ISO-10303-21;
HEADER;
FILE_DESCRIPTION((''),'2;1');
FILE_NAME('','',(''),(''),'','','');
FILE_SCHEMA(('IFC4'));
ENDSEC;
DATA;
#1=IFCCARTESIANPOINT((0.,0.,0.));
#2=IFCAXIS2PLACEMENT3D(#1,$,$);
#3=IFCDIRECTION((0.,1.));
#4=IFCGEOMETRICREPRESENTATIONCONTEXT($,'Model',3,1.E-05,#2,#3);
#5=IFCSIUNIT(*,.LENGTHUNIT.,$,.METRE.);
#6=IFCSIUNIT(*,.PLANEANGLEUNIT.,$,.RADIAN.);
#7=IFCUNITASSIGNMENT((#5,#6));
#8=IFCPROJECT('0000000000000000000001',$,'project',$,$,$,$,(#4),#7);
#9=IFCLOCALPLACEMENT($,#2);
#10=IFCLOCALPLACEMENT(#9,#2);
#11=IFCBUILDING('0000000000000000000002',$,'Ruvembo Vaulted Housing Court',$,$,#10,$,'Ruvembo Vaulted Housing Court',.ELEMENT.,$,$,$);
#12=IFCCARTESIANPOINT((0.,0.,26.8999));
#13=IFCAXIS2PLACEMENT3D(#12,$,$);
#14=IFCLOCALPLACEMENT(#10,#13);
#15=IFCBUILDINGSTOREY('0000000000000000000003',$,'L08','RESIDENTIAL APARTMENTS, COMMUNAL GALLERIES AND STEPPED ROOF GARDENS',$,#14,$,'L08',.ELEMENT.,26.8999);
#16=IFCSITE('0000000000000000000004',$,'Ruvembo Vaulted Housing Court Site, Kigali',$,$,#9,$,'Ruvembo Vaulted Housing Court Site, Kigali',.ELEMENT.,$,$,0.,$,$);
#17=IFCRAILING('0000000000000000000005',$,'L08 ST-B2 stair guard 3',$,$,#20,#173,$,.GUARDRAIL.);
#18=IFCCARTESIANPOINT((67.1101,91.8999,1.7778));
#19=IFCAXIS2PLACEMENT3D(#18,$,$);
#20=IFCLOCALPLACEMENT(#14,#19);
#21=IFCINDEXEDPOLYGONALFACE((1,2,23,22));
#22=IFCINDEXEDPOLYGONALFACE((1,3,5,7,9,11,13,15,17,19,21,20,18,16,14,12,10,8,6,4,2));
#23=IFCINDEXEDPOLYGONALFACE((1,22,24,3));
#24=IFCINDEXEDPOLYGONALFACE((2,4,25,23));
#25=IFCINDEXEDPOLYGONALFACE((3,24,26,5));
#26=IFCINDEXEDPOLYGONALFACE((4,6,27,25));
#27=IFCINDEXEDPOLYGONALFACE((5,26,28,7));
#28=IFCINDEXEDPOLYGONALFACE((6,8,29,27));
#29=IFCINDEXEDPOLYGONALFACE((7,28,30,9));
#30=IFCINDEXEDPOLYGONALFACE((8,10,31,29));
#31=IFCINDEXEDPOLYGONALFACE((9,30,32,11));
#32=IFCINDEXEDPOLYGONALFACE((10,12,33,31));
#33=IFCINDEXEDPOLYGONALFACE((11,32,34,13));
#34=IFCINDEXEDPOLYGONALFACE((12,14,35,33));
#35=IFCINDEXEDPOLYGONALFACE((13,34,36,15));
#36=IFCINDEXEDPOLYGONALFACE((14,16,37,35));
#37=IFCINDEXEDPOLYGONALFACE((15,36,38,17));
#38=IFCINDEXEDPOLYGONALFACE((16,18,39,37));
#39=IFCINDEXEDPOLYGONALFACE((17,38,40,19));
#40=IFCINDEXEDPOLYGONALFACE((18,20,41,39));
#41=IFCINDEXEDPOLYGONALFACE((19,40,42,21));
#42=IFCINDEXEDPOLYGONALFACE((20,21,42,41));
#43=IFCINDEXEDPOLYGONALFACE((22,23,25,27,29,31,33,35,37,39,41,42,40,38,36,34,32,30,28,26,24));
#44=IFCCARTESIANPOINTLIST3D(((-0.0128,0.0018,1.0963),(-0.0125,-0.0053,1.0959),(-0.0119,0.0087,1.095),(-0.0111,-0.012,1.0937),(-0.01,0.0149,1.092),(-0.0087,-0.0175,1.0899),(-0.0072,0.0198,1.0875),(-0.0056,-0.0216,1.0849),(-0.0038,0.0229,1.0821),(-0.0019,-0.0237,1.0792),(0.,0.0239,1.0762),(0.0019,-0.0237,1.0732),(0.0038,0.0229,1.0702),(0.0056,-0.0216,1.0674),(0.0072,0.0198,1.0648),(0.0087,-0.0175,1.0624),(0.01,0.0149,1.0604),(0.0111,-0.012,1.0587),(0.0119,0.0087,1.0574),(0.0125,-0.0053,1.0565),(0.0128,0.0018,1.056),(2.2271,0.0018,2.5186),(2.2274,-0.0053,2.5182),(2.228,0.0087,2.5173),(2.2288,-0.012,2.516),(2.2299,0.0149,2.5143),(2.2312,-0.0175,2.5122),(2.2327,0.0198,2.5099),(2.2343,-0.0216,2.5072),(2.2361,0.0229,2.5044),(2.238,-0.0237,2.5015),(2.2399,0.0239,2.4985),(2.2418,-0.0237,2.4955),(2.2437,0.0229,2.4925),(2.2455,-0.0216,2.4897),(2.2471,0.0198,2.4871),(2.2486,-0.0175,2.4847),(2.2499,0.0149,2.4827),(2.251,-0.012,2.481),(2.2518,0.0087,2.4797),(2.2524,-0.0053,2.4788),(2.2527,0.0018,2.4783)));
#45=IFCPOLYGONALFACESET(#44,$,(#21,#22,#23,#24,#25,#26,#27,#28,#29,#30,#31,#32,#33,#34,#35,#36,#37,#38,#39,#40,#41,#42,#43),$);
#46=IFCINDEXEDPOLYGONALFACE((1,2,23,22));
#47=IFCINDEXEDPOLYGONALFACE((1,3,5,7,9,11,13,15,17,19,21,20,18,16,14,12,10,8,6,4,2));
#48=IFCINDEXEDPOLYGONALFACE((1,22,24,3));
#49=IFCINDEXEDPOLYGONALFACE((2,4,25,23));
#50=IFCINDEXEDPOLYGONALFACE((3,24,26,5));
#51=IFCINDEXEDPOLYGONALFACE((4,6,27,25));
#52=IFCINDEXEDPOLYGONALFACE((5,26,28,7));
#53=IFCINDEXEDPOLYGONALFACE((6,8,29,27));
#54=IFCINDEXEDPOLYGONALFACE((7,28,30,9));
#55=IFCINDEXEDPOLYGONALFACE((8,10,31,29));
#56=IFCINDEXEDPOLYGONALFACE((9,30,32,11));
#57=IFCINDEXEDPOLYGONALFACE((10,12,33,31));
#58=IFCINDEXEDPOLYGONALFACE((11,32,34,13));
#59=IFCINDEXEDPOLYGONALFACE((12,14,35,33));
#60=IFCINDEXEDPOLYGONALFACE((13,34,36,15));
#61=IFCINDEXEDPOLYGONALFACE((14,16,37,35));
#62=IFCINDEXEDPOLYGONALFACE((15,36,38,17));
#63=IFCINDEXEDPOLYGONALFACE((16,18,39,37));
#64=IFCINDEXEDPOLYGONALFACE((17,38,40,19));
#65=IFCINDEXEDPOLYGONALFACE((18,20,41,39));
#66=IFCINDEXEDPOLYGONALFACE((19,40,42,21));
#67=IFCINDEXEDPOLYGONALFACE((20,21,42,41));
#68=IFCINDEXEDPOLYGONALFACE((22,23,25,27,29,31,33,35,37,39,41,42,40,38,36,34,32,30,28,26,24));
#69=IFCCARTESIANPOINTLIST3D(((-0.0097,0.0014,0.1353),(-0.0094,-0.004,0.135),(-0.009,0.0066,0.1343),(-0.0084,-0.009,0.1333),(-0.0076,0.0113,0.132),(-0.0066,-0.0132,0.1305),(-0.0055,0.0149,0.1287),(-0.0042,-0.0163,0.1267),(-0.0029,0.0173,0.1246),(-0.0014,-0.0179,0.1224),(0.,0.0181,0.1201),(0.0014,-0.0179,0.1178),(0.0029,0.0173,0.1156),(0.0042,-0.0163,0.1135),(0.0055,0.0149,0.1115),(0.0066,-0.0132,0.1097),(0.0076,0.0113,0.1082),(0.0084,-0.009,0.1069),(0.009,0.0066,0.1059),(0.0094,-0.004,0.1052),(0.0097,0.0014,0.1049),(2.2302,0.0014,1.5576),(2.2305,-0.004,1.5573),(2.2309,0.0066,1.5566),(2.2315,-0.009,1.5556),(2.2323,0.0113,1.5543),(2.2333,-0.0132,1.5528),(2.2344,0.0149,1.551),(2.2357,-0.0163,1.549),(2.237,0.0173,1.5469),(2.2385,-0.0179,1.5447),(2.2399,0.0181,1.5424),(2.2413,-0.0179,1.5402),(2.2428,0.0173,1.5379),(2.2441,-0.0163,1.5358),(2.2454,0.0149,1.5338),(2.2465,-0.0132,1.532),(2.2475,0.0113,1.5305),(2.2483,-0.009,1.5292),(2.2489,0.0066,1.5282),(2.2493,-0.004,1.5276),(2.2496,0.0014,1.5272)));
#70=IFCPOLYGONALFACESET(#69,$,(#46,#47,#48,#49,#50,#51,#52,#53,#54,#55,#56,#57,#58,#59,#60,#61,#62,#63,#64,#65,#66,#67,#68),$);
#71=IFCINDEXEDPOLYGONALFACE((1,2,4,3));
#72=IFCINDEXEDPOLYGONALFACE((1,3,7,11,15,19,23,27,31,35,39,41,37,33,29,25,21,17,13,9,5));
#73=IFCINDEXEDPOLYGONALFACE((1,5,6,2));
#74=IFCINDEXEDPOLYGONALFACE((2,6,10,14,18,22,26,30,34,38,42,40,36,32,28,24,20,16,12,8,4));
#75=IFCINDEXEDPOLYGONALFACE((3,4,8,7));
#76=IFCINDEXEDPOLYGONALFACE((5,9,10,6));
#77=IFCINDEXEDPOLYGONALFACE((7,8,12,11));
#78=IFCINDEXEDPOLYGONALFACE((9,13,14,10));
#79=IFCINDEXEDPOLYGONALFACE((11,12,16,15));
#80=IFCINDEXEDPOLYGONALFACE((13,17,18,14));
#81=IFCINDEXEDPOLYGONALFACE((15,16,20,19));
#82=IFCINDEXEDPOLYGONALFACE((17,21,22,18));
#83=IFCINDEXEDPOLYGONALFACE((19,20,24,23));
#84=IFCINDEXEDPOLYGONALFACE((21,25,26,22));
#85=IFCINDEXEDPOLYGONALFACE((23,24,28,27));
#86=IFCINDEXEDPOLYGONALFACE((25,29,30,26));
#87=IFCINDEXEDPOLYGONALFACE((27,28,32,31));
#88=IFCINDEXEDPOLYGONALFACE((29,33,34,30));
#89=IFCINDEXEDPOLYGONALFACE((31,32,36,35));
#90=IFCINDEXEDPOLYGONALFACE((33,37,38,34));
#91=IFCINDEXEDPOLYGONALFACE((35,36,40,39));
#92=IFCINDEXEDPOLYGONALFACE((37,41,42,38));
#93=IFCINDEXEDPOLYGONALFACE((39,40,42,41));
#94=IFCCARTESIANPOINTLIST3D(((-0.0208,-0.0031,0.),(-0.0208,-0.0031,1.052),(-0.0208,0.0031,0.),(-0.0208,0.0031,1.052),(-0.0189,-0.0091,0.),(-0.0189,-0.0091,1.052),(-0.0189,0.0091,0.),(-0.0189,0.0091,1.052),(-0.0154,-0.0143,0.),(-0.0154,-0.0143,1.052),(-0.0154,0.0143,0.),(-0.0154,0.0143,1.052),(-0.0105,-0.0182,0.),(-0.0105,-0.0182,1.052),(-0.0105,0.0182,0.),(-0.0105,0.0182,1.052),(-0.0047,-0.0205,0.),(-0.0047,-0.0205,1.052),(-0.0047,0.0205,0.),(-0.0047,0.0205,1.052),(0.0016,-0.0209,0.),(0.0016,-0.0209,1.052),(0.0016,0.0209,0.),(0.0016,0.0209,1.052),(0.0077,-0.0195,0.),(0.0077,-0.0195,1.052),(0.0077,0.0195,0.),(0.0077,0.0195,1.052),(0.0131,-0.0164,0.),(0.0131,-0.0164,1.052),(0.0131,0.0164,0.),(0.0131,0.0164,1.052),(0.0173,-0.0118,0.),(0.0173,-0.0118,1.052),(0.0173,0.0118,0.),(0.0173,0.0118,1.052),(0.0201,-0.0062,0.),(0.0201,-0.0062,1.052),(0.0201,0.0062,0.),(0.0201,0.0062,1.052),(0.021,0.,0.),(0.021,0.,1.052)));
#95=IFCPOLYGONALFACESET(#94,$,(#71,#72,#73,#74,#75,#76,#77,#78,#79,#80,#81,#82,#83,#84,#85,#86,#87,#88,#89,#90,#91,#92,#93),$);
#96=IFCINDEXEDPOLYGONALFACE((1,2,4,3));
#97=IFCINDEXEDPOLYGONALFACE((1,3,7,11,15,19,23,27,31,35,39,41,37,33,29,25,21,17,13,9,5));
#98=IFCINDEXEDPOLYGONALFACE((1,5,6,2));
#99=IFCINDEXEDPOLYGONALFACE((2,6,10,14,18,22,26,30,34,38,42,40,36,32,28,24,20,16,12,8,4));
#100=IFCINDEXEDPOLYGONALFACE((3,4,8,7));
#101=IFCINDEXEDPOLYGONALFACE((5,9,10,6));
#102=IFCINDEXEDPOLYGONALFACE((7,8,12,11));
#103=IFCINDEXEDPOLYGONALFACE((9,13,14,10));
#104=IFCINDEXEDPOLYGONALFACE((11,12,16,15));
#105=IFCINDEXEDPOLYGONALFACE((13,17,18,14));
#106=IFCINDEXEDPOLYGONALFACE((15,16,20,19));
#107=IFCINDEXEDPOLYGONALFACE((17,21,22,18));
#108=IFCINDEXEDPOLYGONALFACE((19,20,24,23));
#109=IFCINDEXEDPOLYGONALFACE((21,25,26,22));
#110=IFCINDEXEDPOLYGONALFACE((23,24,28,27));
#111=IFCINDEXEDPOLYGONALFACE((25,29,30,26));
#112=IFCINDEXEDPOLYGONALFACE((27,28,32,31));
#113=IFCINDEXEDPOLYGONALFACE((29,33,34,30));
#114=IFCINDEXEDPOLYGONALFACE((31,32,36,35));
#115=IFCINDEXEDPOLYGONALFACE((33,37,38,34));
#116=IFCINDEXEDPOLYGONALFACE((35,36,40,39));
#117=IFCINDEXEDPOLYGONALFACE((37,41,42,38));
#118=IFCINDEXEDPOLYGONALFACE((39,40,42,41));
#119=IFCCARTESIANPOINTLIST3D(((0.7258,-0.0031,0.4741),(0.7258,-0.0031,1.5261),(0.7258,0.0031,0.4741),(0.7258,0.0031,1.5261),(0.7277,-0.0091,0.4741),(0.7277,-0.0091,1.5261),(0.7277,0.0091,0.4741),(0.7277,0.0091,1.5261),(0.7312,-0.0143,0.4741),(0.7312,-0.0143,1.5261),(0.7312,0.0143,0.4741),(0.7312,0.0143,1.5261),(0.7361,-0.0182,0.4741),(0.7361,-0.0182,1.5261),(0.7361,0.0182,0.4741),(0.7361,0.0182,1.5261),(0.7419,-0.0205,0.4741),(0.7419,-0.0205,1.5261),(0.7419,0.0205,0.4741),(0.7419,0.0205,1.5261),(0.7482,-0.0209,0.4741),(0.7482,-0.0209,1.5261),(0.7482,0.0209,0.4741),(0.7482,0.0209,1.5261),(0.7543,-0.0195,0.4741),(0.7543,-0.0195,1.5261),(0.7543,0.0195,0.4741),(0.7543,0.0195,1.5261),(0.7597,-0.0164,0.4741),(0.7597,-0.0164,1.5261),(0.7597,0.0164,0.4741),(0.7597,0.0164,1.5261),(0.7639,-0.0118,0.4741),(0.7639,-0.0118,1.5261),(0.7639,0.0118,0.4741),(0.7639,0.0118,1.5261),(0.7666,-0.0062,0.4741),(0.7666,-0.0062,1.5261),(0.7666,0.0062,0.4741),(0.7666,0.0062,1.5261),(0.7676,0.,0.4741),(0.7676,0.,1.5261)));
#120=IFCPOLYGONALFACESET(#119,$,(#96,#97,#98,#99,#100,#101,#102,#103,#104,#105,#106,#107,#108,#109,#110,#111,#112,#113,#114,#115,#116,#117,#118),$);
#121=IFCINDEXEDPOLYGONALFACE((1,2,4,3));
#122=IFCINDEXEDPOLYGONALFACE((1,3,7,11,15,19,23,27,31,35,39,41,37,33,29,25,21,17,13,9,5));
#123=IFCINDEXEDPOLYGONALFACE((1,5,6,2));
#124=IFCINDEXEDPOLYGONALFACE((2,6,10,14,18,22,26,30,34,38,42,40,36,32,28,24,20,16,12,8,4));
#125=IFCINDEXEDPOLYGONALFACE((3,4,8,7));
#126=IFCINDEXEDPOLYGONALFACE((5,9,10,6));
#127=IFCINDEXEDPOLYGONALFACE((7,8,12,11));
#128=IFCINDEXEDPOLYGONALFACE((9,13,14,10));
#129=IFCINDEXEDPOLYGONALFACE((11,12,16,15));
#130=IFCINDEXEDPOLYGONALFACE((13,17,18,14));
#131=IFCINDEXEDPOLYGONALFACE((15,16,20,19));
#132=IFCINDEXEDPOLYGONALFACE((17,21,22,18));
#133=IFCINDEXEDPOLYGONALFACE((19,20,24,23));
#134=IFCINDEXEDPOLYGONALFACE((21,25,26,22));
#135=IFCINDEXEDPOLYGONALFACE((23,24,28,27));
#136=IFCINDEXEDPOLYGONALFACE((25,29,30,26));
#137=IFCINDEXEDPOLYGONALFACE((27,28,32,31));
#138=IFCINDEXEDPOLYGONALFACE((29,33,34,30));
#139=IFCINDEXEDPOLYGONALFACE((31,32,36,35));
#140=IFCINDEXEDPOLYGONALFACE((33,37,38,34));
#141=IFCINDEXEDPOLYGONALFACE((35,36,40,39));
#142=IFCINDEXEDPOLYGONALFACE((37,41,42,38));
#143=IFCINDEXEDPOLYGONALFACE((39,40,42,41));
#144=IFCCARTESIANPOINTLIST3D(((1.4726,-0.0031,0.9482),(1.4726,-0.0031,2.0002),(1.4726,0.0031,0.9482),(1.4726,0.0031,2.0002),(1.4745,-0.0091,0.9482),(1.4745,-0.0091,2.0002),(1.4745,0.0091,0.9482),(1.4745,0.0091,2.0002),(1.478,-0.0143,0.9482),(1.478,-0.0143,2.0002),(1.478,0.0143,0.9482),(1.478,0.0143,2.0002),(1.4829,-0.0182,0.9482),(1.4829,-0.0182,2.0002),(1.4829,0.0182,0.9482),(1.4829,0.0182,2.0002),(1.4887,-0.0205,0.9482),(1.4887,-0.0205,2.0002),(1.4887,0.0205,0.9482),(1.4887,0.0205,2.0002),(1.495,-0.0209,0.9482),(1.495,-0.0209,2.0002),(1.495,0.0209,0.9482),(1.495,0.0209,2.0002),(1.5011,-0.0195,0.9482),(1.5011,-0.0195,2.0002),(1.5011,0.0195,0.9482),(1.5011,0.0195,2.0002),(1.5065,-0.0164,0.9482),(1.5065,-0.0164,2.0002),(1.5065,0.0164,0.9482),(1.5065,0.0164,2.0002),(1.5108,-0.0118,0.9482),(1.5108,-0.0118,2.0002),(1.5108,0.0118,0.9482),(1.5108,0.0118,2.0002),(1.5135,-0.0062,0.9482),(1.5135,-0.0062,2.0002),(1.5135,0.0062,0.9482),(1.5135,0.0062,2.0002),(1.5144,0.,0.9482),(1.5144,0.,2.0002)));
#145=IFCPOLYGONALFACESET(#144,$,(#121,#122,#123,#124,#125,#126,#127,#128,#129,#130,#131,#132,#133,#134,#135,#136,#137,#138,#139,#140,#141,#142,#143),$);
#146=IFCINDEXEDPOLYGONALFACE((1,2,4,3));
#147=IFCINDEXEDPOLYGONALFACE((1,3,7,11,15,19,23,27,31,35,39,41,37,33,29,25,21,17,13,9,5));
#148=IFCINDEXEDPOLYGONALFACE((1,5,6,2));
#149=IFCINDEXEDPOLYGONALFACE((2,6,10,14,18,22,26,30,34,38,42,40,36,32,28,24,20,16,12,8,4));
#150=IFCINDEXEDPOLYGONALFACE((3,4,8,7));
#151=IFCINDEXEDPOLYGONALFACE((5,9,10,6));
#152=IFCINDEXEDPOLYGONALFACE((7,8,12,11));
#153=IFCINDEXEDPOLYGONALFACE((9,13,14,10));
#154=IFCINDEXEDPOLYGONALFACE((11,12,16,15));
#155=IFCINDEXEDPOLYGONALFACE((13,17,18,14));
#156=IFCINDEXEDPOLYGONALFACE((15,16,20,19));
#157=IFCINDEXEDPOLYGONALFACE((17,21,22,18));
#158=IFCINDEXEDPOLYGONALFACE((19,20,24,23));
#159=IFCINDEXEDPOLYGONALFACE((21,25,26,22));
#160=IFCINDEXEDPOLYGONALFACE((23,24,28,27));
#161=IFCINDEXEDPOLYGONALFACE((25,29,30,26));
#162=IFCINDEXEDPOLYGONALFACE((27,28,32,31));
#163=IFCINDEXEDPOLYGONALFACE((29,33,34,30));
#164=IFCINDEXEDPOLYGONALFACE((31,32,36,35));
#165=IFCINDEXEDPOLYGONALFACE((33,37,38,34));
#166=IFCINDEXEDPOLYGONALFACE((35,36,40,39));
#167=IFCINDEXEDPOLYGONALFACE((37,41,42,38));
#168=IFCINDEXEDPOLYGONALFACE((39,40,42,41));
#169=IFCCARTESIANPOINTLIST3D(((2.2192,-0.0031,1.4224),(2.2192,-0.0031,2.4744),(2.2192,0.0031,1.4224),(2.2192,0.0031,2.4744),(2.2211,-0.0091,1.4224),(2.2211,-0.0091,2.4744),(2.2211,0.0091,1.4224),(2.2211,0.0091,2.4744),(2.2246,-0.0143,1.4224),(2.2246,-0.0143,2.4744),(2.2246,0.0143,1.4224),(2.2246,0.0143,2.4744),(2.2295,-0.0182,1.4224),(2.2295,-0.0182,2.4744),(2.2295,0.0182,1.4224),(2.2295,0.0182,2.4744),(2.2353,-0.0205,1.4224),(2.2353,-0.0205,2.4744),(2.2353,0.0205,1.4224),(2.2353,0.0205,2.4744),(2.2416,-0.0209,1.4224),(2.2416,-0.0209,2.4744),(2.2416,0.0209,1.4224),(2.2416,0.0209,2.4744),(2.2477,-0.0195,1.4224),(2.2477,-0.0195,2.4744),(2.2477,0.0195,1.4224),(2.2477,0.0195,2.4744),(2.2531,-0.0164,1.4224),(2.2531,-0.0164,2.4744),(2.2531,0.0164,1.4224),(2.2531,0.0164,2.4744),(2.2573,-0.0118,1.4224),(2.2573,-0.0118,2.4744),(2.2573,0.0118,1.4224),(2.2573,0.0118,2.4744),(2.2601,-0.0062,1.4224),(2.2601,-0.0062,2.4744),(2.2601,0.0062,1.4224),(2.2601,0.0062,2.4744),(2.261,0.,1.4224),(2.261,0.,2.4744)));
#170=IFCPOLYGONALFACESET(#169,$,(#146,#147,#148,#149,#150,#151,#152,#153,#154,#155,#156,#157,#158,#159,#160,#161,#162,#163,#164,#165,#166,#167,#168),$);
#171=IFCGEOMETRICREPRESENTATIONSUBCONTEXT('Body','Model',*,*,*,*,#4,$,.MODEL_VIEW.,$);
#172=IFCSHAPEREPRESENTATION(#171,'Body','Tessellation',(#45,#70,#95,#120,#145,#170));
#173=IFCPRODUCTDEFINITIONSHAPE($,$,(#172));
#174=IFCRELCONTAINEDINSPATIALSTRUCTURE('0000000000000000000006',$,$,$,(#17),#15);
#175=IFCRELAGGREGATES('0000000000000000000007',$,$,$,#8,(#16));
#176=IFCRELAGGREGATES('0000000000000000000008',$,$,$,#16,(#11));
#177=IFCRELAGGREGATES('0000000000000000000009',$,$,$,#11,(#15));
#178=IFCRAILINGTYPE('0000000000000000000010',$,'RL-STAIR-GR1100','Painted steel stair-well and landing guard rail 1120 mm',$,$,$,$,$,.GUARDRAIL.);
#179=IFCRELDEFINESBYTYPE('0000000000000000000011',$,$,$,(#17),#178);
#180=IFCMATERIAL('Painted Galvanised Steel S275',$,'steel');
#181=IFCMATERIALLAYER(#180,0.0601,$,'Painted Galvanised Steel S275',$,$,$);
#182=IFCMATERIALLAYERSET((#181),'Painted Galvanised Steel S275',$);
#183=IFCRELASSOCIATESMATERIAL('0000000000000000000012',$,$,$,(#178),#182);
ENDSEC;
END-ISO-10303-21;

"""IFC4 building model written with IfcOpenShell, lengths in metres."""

from ifc_helpers import new_model, si_unit, direction, frame, origin, origin_2d, place, context, subcontext, project, spatial, circle, extrude, material, layer, layer_set, type_object, element, save


model = new_model("IFC4")

# Units and contexts
model_context = context("Model", 3, precision=1e-05, world=origin(), true_north=direction((0.0, 1.0)))
body_context = subcontext(model_context, "Body", "Model", "MODEL_VIEW")
ifc_project = project(units=[si_unit("LENGTHUNIT", "METRE"), si_unit("PLANEANGLEUNIT", "RADIAN")], contexts=[model_context])

# Site, building, storey
site_placement = place(None, origin())
site = spatial("IfcSite", under=ifc_project, at=site_placement, Name="Ruvembo Vaulted Housing Court Site, Kigali", LongName="Ruvembo Vaulted Housing Court Site, Kigali", CompositionType="ELEMENT", RefElevation=0.0)
building_placement = place(site_placement, origin())
building = spatial("IfcBuilding", under=site, at=building_placement, Name="Ruvembo Vaulted Housing Court", LongName="Ruvembo Vaulted Housing Court", CompositionType="ELEMENT")
storey_placement = place(building_placement, frame((0.0, 0.0, 26.8999)))
storey = spatial("IfcBuildingStorey", under=building, at=storey_placement, Name="L08", Description="RESIDENTIAL APARTMENTS, COMMUNAL GALLERIES AND STEPPED ROOF GARDENS", LongName="L08", CompositionType="ELEMENT", Elevation=26.8999)

# Railing
ifc_material_1 = material(Name="Painted Galvanised Steel S275", Category="steel")
ifc_layer_1 = layer(ifc_material_1, 0.0601, Name="Painted Galvanised Steel S275")
ifc_layer_set_1 = layer_set([ifc_layer_1], Name="Painted Galvanised Steel S275")
railing_type_1 = type_object("IfcRailingType", Name="RL-STAIR-GR1100", Description="Painted steel stair-well and landing guard rail 1120 mm", PredefinedType="GUARDRAIL", material=ifc_layer_set_1)
railing_1_placement = place(storey_placement, frame((67.1101, 91.8999, 1.7778)))
element("IfcRailing", 1, at=railing_1_placement, inside=storey, type_object=railing_type_1, Name="L08 ST-B2 stair guard 3", PredefinedType="GUARDRAIL", context=body_context, shape_type="SweptSolid", body=[
    extrude(circle(Radius=0.0239, at=origin_2d()), frame((0.0, 0.0, 1.0762), z_axis=(0.844188, 0.0, 0.536048), x_axis=(0.0, 1.0, 0.0)), (0.0, 0.0, 1.0), 2.6533),
    extrude(circle(Radius=0.0181, at=origin_2d()), frame((0.0, 0.0, 0.1201), z_axis=(0.844188, 0.0, 0.536048), x_axis=(0.0, 1.0, 0.0)), (0.0, 0.0, 1.0), 2.6533),
    extrude(circle(Radius=0.021, at=origin_2d()), origin(), (0.0, 0.0, 1.0), 1.052),
    extrude(circle(Radius=0.021, at=origin_2d()), frame((0.7466, 0.0, 0.4741)), (0.0, 0.0, 1.0), 1.052),
    extrude(circle(Radius=0.021, at=origin_2d()), frame((1.4934, 0.0, 0.9482)), (0.0, 0.0, 1.0), 1.052),
    extrude(circle(Radius=0.021, at=origin_2d()), frame((2.24, 0.0, 1.4224)), (0.0, 0.0, 1.0), 1.052),
])

save(model, "model.ifc")
